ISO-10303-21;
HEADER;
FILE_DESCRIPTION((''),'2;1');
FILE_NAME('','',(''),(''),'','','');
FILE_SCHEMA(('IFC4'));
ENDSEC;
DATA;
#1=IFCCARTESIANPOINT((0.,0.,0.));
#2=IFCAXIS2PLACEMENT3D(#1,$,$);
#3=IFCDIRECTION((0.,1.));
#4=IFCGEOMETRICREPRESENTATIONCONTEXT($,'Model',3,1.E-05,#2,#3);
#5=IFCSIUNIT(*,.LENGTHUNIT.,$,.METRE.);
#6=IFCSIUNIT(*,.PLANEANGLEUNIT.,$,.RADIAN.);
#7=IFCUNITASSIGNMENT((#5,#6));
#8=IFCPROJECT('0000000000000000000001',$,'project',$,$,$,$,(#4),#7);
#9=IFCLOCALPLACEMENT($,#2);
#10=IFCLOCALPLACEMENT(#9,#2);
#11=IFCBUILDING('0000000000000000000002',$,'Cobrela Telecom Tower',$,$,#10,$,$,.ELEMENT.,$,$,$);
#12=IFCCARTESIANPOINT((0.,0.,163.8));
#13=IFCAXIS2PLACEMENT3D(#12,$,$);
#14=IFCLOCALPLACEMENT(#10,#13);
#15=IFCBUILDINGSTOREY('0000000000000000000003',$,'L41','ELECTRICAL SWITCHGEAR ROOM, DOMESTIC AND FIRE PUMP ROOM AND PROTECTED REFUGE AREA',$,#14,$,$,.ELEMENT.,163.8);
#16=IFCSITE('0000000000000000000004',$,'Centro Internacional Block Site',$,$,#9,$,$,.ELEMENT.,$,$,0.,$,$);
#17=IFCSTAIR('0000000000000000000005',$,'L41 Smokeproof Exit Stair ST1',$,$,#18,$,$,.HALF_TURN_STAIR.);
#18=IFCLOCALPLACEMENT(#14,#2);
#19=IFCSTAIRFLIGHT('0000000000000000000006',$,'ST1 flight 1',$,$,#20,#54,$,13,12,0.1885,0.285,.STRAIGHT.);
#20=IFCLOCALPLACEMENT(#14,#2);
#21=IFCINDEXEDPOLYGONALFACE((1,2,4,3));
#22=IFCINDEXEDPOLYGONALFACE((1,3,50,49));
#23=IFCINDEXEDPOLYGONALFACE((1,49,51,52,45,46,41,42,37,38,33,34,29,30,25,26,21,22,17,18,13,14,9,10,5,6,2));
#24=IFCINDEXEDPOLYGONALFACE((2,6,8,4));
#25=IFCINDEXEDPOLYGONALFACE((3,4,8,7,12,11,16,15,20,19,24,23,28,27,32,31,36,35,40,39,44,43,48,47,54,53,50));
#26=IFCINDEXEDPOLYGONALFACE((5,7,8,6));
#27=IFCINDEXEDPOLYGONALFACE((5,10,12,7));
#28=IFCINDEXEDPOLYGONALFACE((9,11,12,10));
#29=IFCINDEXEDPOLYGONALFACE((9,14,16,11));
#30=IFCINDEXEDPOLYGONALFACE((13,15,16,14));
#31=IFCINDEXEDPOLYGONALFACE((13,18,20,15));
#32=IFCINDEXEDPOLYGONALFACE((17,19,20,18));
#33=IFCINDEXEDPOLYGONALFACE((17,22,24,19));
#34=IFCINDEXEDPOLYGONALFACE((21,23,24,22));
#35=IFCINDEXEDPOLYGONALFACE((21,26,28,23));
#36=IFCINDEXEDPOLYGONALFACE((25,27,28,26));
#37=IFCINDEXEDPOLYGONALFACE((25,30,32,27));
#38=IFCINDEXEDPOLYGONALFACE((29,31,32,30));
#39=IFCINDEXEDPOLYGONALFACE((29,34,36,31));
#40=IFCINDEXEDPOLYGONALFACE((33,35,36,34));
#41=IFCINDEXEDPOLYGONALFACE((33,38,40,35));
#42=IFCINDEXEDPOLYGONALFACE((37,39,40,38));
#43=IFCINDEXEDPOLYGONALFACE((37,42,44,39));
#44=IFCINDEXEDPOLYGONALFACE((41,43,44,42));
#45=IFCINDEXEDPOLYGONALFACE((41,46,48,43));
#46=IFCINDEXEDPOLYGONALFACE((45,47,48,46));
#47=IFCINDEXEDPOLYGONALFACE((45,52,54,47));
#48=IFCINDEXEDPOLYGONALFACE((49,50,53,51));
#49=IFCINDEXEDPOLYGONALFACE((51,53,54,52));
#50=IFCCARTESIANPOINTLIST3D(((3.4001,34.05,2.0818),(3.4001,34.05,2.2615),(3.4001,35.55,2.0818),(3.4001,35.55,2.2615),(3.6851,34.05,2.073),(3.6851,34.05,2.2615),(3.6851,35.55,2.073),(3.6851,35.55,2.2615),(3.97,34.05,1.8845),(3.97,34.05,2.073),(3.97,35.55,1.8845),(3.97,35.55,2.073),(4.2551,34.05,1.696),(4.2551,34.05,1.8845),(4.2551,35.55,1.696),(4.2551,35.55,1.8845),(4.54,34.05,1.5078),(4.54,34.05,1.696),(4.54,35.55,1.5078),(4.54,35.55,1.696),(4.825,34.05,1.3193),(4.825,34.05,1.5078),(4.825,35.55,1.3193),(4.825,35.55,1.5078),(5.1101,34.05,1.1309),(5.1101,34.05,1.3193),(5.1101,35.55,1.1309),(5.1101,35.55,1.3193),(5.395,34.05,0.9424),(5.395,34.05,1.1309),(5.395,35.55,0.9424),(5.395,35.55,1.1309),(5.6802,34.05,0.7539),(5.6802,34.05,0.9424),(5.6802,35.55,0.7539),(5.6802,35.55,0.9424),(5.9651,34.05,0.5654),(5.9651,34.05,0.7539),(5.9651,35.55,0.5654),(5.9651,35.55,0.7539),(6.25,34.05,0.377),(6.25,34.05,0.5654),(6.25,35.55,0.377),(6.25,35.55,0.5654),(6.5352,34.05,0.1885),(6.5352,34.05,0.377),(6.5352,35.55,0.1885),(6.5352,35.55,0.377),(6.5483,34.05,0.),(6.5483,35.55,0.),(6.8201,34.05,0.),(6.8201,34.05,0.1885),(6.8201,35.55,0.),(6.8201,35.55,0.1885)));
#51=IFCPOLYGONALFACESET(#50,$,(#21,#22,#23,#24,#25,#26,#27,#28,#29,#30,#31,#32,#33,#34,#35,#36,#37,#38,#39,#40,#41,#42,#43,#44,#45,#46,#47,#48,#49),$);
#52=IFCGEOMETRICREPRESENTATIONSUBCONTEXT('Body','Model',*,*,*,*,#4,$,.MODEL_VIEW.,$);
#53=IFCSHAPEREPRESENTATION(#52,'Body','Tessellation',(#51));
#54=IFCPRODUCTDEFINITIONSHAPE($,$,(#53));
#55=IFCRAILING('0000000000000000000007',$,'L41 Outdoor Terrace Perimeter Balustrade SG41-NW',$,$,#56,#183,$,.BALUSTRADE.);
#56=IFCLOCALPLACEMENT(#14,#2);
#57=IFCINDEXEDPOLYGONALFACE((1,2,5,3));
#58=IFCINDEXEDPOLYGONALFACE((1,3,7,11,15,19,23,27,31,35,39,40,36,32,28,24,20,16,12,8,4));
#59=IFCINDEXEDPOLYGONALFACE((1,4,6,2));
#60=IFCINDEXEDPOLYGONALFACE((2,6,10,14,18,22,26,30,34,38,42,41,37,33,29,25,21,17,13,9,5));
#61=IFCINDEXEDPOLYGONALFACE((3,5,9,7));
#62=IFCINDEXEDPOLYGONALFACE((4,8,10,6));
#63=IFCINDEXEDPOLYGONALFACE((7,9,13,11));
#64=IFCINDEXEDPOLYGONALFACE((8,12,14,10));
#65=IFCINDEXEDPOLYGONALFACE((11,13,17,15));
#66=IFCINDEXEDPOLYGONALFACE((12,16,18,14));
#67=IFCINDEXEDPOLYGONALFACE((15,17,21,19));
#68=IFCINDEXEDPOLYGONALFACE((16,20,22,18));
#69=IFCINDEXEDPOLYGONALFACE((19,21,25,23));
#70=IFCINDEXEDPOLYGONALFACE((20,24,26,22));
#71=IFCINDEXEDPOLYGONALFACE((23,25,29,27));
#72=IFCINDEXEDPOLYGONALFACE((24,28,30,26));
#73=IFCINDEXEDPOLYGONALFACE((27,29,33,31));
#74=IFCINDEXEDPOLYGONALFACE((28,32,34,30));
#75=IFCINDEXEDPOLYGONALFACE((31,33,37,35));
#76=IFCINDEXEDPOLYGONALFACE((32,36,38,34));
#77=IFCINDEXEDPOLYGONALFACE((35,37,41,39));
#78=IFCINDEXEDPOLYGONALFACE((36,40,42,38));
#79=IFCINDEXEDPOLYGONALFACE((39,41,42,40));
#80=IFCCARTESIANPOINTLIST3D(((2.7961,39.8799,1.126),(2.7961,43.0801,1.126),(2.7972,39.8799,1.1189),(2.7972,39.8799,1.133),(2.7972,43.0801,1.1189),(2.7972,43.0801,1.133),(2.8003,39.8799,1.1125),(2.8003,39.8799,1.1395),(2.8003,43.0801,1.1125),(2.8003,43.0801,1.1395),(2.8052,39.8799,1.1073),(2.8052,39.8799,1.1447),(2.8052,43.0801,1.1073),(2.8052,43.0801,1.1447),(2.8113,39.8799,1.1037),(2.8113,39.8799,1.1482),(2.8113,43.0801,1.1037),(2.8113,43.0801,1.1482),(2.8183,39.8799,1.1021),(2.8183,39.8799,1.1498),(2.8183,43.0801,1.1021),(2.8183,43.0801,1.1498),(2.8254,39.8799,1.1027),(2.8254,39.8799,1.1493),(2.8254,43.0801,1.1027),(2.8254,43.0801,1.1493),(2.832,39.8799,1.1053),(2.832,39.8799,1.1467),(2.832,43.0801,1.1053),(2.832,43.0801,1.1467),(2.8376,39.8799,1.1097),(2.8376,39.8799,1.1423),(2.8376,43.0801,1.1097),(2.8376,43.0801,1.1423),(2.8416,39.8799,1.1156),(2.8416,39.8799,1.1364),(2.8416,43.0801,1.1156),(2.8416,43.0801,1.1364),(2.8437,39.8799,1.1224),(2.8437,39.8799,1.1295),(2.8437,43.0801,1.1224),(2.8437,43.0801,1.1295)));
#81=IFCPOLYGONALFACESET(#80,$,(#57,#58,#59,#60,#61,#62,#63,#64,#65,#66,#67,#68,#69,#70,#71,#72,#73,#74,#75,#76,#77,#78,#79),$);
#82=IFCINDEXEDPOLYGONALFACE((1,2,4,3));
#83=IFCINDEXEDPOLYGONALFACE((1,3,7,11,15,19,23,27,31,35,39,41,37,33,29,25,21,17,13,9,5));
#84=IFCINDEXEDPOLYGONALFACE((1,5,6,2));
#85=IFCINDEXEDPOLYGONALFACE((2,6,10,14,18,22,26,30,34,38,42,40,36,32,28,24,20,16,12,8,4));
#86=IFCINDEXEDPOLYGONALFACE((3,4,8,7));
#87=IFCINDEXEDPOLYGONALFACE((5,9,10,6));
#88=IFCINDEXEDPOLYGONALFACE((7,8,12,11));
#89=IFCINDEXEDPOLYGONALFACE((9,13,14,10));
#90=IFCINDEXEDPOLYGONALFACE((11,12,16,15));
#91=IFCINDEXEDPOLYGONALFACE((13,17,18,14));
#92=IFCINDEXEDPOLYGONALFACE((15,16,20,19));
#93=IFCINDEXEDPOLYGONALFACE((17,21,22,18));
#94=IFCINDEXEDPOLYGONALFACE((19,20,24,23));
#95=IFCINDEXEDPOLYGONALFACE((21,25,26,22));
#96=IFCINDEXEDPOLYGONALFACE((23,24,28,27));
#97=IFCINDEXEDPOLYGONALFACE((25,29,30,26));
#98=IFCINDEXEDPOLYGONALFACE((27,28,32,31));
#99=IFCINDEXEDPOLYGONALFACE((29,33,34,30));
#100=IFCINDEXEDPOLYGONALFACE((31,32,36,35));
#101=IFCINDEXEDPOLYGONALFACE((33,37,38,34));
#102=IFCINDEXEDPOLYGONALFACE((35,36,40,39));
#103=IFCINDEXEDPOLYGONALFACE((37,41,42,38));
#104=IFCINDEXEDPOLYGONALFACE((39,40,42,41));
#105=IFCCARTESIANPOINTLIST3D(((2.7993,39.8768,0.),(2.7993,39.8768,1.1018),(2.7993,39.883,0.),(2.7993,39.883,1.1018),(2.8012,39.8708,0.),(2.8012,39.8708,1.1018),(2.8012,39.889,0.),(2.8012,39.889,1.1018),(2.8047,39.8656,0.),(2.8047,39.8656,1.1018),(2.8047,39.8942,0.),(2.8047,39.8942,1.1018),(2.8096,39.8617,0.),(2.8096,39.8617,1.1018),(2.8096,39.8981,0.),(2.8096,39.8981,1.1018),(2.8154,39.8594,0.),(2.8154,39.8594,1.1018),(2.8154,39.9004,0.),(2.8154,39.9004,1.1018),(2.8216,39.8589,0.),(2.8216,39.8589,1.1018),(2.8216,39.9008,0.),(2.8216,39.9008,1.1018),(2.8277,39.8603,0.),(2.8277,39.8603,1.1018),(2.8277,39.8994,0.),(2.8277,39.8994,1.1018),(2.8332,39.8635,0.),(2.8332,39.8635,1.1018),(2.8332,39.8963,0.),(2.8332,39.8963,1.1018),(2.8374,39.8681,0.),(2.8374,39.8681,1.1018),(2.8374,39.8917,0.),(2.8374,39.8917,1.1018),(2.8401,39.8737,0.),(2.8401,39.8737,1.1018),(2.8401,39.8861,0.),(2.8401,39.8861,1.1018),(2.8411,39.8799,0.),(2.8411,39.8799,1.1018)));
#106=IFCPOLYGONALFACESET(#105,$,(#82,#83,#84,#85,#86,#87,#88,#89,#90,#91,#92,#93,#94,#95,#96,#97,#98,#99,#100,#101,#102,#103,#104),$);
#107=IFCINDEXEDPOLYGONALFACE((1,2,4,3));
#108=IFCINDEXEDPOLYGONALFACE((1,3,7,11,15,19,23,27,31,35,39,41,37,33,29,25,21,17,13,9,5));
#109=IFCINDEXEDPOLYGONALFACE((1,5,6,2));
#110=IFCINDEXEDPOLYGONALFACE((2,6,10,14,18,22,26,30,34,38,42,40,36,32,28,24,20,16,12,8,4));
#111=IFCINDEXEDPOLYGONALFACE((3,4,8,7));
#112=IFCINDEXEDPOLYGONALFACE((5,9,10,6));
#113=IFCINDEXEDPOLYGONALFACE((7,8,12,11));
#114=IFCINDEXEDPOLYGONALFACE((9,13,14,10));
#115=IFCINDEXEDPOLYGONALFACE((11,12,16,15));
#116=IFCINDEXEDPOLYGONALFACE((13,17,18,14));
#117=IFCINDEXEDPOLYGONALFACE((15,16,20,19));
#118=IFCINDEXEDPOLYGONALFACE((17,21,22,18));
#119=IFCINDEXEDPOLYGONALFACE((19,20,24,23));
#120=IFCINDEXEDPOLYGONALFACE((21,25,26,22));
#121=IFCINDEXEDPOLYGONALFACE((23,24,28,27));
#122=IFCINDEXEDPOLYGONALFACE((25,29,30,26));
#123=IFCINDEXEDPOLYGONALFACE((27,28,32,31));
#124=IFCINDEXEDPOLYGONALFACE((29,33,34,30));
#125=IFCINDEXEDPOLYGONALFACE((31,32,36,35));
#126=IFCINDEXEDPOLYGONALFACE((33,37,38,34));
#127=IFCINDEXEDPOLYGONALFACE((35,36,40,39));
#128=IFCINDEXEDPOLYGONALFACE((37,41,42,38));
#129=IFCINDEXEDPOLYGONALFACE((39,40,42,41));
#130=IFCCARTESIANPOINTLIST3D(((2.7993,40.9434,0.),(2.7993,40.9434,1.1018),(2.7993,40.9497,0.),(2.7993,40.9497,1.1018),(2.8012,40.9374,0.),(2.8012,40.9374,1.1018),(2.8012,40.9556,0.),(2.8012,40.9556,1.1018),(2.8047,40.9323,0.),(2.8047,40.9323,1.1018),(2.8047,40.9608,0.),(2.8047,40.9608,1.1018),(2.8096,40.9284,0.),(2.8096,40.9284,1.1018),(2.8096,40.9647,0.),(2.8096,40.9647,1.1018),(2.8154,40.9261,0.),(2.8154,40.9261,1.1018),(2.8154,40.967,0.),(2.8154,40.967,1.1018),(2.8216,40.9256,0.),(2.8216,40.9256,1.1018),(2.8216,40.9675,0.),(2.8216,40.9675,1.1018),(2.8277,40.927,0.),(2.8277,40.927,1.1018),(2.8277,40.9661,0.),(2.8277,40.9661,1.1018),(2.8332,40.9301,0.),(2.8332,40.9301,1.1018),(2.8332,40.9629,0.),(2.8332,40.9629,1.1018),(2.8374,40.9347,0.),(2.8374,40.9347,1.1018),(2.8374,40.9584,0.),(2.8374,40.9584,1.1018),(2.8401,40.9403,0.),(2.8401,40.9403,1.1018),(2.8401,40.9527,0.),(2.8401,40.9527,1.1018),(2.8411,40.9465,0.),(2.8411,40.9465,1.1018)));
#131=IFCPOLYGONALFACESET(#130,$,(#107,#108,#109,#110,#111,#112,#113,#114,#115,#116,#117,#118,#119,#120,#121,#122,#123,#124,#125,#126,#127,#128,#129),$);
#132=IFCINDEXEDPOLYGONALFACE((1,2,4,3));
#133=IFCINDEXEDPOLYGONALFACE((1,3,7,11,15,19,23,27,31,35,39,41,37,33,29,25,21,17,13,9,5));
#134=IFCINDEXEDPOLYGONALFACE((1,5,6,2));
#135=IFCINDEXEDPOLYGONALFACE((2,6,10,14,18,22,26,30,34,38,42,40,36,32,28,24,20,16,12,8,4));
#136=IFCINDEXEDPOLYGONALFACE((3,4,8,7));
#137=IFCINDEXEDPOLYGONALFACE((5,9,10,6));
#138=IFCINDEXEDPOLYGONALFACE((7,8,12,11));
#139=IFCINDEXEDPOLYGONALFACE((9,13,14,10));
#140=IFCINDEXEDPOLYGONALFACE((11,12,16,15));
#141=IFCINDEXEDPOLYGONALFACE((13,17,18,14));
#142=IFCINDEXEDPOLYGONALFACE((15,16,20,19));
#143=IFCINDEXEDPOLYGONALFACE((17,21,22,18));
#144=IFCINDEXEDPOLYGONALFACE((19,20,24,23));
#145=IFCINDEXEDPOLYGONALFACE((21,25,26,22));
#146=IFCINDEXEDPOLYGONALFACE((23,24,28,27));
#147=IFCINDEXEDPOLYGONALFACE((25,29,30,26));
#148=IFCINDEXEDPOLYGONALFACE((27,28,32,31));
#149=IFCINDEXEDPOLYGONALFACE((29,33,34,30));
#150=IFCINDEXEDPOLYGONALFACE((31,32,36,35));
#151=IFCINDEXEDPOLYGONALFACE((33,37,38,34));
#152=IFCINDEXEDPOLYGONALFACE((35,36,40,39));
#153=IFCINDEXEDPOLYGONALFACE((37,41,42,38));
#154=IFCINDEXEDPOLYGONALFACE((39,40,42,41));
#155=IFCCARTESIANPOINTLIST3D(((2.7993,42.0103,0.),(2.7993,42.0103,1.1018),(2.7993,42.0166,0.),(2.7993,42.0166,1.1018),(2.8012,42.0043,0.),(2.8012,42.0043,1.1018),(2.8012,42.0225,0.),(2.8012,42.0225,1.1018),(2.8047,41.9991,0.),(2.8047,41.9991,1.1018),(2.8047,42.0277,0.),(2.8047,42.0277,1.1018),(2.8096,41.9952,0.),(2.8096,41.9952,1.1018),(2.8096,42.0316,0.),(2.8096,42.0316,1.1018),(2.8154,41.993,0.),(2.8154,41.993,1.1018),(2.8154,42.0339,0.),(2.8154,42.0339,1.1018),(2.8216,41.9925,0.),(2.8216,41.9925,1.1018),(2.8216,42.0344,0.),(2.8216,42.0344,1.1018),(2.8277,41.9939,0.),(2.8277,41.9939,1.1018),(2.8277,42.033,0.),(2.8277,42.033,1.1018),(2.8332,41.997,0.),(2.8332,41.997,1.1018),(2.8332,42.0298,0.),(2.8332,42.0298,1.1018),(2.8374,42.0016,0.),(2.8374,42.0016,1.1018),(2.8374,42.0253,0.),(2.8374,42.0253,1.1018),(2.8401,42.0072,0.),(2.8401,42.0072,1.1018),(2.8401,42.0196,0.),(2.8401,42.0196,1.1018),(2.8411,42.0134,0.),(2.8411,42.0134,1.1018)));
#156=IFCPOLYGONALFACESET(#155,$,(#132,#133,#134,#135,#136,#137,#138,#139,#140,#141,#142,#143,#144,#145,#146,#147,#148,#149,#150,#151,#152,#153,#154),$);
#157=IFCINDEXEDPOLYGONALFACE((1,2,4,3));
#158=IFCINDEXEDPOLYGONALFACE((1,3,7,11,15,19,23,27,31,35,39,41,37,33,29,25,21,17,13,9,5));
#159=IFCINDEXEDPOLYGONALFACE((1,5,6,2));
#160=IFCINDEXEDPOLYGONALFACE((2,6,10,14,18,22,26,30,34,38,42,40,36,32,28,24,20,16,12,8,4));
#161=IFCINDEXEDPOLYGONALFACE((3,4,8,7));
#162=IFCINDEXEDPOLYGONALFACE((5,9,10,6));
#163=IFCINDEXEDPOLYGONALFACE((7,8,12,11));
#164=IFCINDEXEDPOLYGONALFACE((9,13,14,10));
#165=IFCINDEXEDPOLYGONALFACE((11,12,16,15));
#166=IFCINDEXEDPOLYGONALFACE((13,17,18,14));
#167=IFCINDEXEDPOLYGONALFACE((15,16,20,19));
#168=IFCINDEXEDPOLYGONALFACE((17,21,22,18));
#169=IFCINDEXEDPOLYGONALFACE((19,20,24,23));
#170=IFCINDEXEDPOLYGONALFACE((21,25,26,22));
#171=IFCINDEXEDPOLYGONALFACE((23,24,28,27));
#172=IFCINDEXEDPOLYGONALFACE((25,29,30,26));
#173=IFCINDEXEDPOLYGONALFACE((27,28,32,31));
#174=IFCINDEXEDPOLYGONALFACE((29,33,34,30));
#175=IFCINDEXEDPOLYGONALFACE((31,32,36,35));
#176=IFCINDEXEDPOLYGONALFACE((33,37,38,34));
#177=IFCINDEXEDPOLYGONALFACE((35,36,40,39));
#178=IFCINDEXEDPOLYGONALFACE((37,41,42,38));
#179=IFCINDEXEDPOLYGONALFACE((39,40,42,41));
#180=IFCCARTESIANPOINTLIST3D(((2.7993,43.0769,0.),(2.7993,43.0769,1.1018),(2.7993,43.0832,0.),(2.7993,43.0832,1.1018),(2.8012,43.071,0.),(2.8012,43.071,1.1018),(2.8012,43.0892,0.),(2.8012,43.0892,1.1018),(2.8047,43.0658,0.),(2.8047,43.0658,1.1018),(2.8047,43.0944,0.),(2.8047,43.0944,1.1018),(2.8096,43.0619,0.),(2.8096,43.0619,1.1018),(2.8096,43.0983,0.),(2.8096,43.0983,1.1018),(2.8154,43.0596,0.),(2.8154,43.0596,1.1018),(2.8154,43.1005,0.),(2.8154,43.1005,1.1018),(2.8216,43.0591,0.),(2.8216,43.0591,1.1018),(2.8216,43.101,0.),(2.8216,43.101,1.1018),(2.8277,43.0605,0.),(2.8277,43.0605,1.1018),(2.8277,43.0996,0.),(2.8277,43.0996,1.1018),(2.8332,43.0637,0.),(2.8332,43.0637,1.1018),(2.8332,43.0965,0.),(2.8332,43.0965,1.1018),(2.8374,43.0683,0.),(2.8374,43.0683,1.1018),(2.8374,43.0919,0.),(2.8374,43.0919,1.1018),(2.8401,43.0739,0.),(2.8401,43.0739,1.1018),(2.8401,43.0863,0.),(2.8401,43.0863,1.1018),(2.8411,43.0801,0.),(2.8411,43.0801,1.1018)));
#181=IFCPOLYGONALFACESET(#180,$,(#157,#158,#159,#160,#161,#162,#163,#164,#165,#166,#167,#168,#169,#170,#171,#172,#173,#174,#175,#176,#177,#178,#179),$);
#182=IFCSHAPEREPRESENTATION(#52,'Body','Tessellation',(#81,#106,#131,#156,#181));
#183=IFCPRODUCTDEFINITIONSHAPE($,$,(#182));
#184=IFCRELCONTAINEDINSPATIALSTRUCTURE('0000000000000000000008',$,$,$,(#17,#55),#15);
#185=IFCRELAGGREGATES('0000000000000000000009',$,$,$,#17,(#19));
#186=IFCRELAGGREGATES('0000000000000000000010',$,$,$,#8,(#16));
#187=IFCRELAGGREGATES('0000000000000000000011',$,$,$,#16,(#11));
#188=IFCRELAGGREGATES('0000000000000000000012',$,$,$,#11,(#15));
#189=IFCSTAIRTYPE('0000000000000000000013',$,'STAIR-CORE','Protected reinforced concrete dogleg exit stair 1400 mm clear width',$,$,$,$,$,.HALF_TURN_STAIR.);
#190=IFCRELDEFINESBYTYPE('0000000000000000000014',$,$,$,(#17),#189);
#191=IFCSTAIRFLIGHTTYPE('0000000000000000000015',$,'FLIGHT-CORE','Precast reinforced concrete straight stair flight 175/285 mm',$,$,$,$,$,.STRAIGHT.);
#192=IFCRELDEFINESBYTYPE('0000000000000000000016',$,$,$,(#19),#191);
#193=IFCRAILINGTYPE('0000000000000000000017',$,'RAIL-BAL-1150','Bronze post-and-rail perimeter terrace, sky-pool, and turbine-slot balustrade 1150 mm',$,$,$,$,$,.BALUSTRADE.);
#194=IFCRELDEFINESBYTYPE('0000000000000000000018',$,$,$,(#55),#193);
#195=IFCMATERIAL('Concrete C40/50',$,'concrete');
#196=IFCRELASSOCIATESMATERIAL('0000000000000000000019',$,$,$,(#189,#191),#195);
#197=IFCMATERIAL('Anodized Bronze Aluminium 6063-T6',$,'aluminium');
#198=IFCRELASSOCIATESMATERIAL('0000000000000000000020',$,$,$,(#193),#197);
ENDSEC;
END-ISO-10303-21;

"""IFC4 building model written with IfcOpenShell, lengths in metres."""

from ifc_helpers import new_model, si_unit, direction, frame, origin, origin_2d, place, context, subcontext, project, spatial, polyline, circle, outline, extrude, material, type_object, element, aggregate, save


model = new_model("IFC4")

# Units and contexts
model_context = context("Model", 3, precision=1e-05, world=origin(), true_north=direction((0.0, 1.0)))
body_context = subcontext(model_context, "Body", "Model", "MODEL_VIEW")
ifc_project = project(units=[si_unit("LENGTHUNIT", "METRE"), si_unit("PLANEANGLEUNIT", "RADIAN")], contexts=[model_context])

# Site, building, storey
site_placement = place(None, origin())
site = spatial("IfcSite", under=ifc_project, at=site_placement, Name="Centro Internacional Block Site", CompositionType="ELEMENT", RefElevation=0.0)
building_placement = place(site_placement, origin())
building = spatial("IfcBuilding", under=site, at=building_placement, Name="Cobrela Telecom Tower", CompositionType="ELEMENT")
storey_placement = place(building_placement, frame((0.0, 0.0, 163.8)))
storey = spatial("IfcBuildingStorey", under=building, at=storey_placement, Name="L41", Description="ELECTRICAL SWITCHGEAR ROOM, DOMESTIC AND FIRE PUMP ROOM AND PROTECTED REFUGE AREA", CompositionType="ELEMENT", Elevation=163.8)

# Shared definitions
ifc_material_1 = material(Name="Concrete C40/50", Category="concrete")

# Shared definitions
ifc_material_2 = material(Name="Anodized Bronze Aluminium 6063-T6", Category="aluminium")

# Stair, stair flight
stair_type = type_object("IfcStairType", Name="STAIR-CORE", Description="Protected reinforced concrete dogleg exit stair 1400 mm clear width", PredefinedType="HALF_TURN_STAIR", material=ifc_material_1)
stair_placement = place(storey_placement, origin())
stair = element("IfcStair", 1, at=stair_placement, inside=storey, type_object=stair_type, Name="L41 Smokeproof Exit Stair ST1", PredefinedType="HALF_TURN_STAIR")
stair_flight_type = type_object("IfcStairFlightType", Name="FLIGHT-CORE", Description="Precast reinforced concrete straight stair flight 175/285 mm", PredefinedType="STRAIGHT", material=ifc_material_1)
stair_flight_placement = place(storey_placement, frame((6.8201, 34.8, 0.0), z_axis=(0.0, 0.0, 1.0), x_axis=(-1.0, 0.0, 0.0)))
stair_flight = element("IfcStairFlight", 2, at=stair_flight_placement, type_object=stair_flight_type, Name="ST1 flight 1", NumberOfRisers=13, NumberOfTreads=12, PredefinedType="STRAIGHT", RiserHeight=0.1885, TreadLength=0.285, context=body_context, shape_type="SweptSolid", body=[
    extrude(outline(polyline([(0.0, 0.0), (0.0, 0.1885), (0.2849, 0.1885), (0.2849, 0.377), (0.5701, 0.377), (0.5701, 0.5654), (0.855, 0.5654), (0.855, 0.7539), (1.1399, 0.7539), (1.1399, 0.9424), (1.425, 0.9424), (1.425, 1.1309), (1.71, 1.1309), (1.71, 1.3193), (1.9951, 1.3193), (1.9951, 1.5078), (2.28, 1.5078), (2.28, 1.696), (2.5649, 1.696), (2.5649, 1.8845), (2.8501, 1.8845), (2.8501, 2.073), (3.135, 2.073), (3.135, 2.2615), (3.4199, 2.2615), (3.4199, 2.45), (3.4199, 2.0818), (0.2717, 0.0), (0.0, 0.0)])), frame((0.0, 0.75, 0.0), z_axis=(0.0, -1.0, 0.0), x_axis=(1.0, 0.0, 0.0)), (0.0, 0.0, 1.0), 1.5),
])
aggregate(stair, [stair_flight])

# Railing
railing_type_1 = type_object("IfcRailingType", Name="RAIL-BAL-1150", Description="Bronze post-and-rail perimeter terrace, sky-pool, and turbine-slot balustrade 1150 mm", PredefinedType="BALUSTRADE", material=ifc_material_2)
railing_1_placement = place(storey_placement, frame((2.8201, 39.8799, 0.0)))
element("IfcRailing", 3, at=railing_1_placement, inside=storey, type_object=railing_type_1, Name="L41 Outdoor Terrace Perimeter Balustrade SG41-NW", PredefinedType="BALUSTRADE", context=body_context, shape_type="SweptSolid", body=[
    extrude(circle(Radius=0.0239, at=origin_2d()), frame((0.0, 0.0, 1.126), z_axis=(0.0, 1.0, 0.0), x_axis=(-1.0, 0.0, 0.0)), (0.0, 0.0, 1.0), 3.2002),
    extrude(circle(Radius=0.021, at=origin_2d()), origin(), (0.0, 0.0, 1.0), 1.1018),
    extrude(circle(Radius=0.021, at=origin_2d()), frame((0.0, 1.0667, 0.0)), (0.0, 0.0, 1.0), 1.1018),
    extrude(circle(Radius=0.021, at=origin_2d()), frame((0.0, 2.1335, 0.0)), (0.0, 0.0, 1.0), 1.1018),
    extrude(circle(Radius=0.021, at=origin_2d()), frame((0.0, 3.2002, 0.0)), (0.0, 0.0, 1.0), 1.1018),
])

save(model, "model.ifc")
